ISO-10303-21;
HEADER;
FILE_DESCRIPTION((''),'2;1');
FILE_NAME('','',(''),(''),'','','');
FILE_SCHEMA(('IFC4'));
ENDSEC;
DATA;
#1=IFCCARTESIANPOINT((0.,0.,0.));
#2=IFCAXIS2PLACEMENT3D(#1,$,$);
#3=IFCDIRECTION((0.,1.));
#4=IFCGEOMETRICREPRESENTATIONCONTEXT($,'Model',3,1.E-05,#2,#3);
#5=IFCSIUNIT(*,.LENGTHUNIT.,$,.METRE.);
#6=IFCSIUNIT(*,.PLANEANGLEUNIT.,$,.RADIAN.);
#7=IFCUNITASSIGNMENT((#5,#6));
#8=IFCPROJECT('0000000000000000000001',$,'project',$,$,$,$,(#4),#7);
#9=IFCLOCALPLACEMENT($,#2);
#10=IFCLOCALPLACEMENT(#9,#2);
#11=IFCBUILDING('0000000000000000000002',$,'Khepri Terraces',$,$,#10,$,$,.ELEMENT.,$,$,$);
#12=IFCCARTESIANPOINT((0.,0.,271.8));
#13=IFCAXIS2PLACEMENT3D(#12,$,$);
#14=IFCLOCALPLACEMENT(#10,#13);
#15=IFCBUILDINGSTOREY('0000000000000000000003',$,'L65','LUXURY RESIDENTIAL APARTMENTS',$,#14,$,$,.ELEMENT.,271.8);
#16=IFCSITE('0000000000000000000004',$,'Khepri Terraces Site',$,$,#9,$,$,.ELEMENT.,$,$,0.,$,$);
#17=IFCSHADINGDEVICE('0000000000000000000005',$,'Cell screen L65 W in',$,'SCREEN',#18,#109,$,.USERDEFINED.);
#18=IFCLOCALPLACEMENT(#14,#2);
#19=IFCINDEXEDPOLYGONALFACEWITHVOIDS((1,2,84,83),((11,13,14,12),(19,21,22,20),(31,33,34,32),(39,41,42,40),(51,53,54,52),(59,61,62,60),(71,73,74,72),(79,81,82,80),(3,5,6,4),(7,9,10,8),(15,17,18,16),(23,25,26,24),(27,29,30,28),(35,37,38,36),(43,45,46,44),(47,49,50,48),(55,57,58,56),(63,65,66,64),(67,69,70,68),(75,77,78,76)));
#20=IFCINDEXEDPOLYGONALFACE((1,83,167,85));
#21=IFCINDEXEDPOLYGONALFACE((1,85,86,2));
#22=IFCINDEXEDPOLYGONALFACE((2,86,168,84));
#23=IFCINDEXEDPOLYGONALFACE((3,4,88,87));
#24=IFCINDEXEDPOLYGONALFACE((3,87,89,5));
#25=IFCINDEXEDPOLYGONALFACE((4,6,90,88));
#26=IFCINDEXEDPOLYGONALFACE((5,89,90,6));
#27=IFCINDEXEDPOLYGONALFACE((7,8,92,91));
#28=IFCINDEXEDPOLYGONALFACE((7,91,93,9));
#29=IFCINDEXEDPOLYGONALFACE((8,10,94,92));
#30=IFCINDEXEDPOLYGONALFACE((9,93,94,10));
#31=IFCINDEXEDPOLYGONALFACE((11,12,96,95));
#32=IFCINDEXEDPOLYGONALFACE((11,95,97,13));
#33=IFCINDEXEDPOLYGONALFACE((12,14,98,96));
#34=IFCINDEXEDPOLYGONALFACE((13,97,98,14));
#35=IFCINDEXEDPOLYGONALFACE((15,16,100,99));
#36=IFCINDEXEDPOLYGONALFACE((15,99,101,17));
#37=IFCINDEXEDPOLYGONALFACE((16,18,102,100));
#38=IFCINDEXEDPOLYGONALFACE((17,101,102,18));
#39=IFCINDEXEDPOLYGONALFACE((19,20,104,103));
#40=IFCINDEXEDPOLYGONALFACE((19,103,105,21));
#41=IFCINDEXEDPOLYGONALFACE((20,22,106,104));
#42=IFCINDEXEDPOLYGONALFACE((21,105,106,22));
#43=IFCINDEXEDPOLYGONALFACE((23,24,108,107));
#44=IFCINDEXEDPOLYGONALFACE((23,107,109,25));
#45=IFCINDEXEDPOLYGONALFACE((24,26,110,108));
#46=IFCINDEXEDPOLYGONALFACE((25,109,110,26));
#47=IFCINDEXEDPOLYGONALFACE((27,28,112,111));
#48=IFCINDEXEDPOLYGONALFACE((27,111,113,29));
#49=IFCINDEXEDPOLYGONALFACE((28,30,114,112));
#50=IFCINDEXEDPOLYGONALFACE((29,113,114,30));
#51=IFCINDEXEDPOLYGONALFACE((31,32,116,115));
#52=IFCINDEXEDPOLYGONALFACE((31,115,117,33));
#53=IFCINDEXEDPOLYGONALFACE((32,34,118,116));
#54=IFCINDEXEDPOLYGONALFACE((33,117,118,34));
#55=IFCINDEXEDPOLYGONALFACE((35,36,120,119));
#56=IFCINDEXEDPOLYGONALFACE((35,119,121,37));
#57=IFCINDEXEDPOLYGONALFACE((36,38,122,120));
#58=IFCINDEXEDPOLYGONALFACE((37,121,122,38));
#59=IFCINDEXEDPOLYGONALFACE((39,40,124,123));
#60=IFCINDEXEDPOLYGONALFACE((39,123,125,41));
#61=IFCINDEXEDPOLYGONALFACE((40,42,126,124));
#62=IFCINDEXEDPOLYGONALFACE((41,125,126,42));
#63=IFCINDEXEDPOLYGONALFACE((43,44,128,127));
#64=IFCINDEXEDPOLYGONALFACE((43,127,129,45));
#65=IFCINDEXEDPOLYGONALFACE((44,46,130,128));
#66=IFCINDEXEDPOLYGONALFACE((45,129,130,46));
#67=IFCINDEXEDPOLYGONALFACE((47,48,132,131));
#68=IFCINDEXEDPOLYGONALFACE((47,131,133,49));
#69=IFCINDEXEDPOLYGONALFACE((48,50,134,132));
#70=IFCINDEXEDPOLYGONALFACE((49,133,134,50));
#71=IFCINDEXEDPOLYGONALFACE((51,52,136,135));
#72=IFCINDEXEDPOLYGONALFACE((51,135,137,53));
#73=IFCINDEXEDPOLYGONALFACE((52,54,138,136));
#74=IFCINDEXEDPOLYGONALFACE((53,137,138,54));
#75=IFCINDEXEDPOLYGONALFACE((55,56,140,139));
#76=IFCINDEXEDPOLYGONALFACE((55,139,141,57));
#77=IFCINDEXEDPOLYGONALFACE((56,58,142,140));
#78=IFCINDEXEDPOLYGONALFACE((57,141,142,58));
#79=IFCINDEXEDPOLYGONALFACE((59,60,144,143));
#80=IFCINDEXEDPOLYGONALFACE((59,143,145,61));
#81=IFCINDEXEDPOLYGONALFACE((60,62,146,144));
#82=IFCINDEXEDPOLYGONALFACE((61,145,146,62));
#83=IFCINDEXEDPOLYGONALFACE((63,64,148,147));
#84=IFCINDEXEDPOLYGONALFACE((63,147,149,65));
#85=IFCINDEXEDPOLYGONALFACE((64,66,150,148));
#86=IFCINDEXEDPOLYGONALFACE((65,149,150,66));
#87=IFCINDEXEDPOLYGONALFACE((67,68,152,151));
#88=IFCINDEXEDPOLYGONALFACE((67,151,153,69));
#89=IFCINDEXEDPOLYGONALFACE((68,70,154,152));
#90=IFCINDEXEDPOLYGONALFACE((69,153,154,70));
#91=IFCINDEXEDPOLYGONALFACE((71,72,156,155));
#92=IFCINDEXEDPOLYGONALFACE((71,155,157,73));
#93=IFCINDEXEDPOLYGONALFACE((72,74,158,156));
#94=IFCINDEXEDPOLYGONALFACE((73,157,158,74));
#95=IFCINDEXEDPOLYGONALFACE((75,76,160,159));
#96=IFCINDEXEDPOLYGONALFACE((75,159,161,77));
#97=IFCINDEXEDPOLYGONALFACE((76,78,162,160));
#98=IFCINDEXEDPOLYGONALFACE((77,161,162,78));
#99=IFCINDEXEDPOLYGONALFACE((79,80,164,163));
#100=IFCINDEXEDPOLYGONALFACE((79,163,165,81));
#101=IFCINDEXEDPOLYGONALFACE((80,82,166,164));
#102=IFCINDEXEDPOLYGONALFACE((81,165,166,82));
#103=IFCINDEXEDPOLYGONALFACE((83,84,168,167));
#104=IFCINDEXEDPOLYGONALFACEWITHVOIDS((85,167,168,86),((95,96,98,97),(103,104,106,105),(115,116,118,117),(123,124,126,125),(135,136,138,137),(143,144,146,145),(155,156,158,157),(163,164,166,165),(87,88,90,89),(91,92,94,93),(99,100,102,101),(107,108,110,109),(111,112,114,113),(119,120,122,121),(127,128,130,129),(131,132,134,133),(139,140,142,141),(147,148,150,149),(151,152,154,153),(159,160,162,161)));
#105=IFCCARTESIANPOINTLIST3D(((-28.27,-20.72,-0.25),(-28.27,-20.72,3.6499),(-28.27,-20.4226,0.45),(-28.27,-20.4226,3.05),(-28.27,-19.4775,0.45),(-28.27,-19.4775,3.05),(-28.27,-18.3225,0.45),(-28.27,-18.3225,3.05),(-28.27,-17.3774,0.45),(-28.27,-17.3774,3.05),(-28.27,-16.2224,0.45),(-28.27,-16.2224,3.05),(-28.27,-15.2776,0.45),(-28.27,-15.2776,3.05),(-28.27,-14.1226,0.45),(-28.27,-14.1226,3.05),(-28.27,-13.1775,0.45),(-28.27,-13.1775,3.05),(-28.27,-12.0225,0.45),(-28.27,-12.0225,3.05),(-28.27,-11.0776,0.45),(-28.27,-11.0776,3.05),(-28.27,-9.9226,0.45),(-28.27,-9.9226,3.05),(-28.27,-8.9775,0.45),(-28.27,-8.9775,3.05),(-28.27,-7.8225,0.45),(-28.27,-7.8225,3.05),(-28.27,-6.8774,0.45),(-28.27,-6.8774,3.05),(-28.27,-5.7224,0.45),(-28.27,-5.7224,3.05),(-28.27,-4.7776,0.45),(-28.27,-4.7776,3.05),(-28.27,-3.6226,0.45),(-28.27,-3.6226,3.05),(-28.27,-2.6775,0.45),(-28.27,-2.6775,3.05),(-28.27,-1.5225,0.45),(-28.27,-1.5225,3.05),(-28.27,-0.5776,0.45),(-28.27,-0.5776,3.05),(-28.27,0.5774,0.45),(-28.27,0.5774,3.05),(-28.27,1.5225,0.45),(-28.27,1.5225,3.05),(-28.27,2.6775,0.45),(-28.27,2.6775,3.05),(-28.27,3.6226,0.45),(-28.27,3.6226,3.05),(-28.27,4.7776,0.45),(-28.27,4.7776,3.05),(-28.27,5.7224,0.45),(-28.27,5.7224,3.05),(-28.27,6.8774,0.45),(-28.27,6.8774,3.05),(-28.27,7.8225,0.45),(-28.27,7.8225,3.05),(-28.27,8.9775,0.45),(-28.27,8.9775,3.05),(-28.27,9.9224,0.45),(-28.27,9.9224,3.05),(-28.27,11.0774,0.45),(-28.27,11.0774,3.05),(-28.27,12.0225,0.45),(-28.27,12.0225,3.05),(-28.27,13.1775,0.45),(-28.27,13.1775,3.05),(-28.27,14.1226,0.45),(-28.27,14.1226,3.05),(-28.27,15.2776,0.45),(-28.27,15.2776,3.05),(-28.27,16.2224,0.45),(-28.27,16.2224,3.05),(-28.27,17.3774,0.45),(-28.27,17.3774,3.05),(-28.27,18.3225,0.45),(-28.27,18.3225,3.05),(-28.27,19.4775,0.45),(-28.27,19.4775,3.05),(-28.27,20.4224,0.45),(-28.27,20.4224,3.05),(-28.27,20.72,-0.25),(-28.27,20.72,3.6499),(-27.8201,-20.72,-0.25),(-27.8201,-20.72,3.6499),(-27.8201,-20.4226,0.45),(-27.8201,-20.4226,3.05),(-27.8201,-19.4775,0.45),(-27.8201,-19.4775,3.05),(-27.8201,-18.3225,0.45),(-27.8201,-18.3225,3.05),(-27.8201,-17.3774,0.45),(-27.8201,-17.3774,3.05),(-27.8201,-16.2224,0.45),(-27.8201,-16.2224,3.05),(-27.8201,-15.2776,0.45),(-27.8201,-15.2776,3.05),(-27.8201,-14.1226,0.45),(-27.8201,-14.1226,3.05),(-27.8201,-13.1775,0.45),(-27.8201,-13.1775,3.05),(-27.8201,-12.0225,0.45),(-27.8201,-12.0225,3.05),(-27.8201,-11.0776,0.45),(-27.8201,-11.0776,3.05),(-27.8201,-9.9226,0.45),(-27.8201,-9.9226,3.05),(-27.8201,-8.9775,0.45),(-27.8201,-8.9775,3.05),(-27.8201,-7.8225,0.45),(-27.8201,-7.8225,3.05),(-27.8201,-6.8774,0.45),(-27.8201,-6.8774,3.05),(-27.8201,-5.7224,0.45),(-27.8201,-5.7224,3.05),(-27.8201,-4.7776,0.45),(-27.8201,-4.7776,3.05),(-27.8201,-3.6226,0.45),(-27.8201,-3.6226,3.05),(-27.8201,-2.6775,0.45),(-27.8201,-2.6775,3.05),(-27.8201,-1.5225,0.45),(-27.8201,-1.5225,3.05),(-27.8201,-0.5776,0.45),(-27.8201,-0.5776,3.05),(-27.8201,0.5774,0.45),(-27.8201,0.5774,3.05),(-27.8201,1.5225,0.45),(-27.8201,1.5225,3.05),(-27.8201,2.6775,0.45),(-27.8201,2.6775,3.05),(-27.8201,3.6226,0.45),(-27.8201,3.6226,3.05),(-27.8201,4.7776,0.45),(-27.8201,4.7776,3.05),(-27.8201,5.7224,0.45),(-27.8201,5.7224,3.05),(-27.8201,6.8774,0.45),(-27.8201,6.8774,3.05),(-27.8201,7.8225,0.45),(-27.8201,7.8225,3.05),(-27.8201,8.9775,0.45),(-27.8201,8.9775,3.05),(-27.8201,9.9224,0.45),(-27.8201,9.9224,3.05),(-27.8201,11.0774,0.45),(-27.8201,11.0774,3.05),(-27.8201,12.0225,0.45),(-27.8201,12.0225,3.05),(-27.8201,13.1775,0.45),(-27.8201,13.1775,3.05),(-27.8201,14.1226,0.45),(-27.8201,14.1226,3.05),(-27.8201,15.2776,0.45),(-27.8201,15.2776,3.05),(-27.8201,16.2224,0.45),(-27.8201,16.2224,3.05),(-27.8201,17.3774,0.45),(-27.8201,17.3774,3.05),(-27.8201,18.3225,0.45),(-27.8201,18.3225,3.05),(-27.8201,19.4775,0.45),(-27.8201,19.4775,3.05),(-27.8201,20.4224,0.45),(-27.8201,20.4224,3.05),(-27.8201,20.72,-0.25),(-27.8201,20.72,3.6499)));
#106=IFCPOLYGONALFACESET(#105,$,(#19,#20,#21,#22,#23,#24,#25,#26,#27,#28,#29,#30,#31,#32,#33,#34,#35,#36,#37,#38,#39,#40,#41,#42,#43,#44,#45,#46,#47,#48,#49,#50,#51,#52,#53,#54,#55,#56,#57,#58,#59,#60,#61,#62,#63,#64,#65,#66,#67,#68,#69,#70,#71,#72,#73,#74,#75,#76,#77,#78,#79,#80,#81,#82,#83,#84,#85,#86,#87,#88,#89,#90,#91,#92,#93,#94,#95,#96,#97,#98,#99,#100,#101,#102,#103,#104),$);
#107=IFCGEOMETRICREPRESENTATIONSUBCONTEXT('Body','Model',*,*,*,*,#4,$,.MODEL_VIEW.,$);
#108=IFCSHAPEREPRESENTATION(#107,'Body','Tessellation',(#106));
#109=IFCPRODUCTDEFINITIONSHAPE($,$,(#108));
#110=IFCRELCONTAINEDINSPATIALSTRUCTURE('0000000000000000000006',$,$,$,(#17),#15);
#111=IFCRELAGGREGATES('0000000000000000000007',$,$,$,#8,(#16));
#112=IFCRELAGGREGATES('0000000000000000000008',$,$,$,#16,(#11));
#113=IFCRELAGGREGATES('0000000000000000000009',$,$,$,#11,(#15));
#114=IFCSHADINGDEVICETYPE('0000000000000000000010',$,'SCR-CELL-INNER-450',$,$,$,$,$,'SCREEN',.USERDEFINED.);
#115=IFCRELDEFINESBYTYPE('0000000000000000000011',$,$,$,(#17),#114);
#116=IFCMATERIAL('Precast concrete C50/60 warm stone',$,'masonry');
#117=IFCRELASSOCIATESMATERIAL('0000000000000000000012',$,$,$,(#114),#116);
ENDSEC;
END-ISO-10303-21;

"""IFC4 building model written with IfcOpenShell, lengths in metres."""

from ifc_helpers import new_model, si_unit, direction, frame, origin, place, context, subcontext, project, spatial, polyline, outline, extrude, material, type_object, element, save


model = new_model("IFC4")

# Units and contexts
model_context = context("Model", 3, precision=1e-05, world=origin(), true_north=direction((0.0, 1.0)))
body_context = subcontext(model_context, "Body", "Model", "MODEL_VIEW")
ifc_project = project(units=[si_unit("LENGTHUNIT", "METRE"), si_unit("PLANEANGLEUNIT", "RADIAN")], contexts=[model_context])

# Site, building, storey
site_placement = place(None, origin())
site = spatial("IfcSite", under=ifc_project, at=site_placement, Name="Khepri Terraces Site", CompositionType="ELEMENT", RefElevation=0.0)
building_placement = place(site_placement, origin())
building = spatial("IfcBuilding", under=site, at=building_placement, Name="Khepri Terraces", CompositionType="ELEMENT")
storey_placement = place(building_placement, frame((0.0, 0.0, 271.8)))
storey = spatial("IfcBuildingStorey", under=building, at=storey_placement, Name="L65", Description="LUXURY RESIDENTIAL APARTMENTS", CompositionType="ELEMENT", Elevation=271.8)

# Shared definitions
ifc_material_1 = material(Name="Precast concrete C50/60 warm stone", Category="masonry")

# Shading device
shading_device_type_1 = type_object("IfcShadingDeviceType", Name="SCR-CELL-INNER-450", ElementType="SCREEN", PredefinedType="USERDEFINED", material=ifc_material_1)
shading_device_1_placement = place(storey_placement, frame((-27.8201, 20.72, -0.25), z_axis=(-1.0, 0.0, 0.0), x_axis=(0.0, -1.0, 0.0)))
element("IfcShadingDevice", 1, at=shading_device_1_placement, inside=storey, type_object=shading_device_type_1, Name="Cell screen L65 W in", ObjectType="SCREEN", PredefinedType="USERDEFINED", context=body_context, shape_type="SweptSolid", body=[
    extrude(outline(polyline([(0.0, 0.0), (41.4399, 0.0), (41.4399, 3.8999), (0.0, 3.8999), (0.0, 0.0)]), holes=[polyline([(0.2976, 0.7), (1.2424, 0.7), (1.2424, 3.3), (0.2976, 3.3), (0.2976, 0.7)]), polyline([(2.3975, 0.7), (3.3425, 0.7), (3.3425, 3.3), (2.3975, 3.3), (2.3975, 0.7)]), polyline([(4.4976, 0.7), (5.4424, 0.7), (5.4424, 3.3), (4.4976, 3.3), (4.4976, 0.7)]), polyline([(6.5974, 0.7), (7.5425, 0.7), (7.5425, 3.3), (6.5974, 3.3), (6.5974, 0.7)]), polyline([(8.6975, 0.7), (9.6426, 0.7), (9.6426, 3.3), (8.6975, 3.3), (8.6975, 0.7)]), polyline([(10.7976, 0.7), (11.7424, 0.7), (11.7424, 3.3), (10.7976, 3.3), (10.7976, 0.7)]), polyline([(12.8975, 0.7), (13.8425, 0.7), (13.8425, 3.3), (12.8975, 3.3), (12.8975, 0.7)]), polyline([(14.9976, 0.7), (15.9424, 0.7), (15.9424, 3.3), (14.9976, 3.3), (14.9976, 0.7)]), polyline([(17.0974, 0.7), (18.0425, 0.7), (18.0425, 3.3), (17.0974, 3.3), (17.0974, 0.7)]), polyline([(19.1975, 0.7), (20.1426, 0.7), (20.1426, 3.3), (19.1975, 3.3), (19.1975, 0.7)]), polyline([(21.2976, 0.7), (22.2424, 0.7), (22.2424, 3.3), (21.2976, 3.3), (21.2976, 0.7)]), polyline([(23.3975, 0.7), (24.3425, 0.7), (24.3425, 3.3), (23.3975, 3.3), (23.3975, 0.7)]), polyline([(25.4976, 0.7), (26.4424, 0.7), (26.4424, 3.3), (25.4976, 3.3), (25.4976, 0.7)]), polyline([(27.5974, 0.7), (28.5425, 0.7), (28.5425, 3.3), (27.5974, 3.3), (27.5974, 0.7)]), polyline([(29.6975, 0.7), (30.6426, 0.7), (30.6426, 3.3), (29.6975, 3.3), (29.6975, 0.7)]), polyline([(31.7976, 0.7), (32.7424, 0.7), (32.7424, 3.3), (31.7976, 3.3), (31.7976, 0.7)]), polyline([(33.8975, 0.7), (34.8425, 0.7), (34.8425, 3.3), (33.8975, 3.3), (33.8975, 0.7)]), polyline([(35.9976, 0.7), (36.9424, 0.7), (36.9424, 3.3), (35.9976, 3.3), (35.9976, 0.7)]), polyline([(38.0974, 0.7), (39.0425, 0.7), (39.0425, 3.3), (38.0974, 3.3), (38.0974, 0.7)]), polyline([(40.1975, 0.7), (41.1426, 0.7), (41.1426, 3.3), (40.1975, 3.3), (40.1975, 0.7)])]), origin(), (0.0, 0.0, 1.0), 0.45),
])

save(model, "model.ifc")
